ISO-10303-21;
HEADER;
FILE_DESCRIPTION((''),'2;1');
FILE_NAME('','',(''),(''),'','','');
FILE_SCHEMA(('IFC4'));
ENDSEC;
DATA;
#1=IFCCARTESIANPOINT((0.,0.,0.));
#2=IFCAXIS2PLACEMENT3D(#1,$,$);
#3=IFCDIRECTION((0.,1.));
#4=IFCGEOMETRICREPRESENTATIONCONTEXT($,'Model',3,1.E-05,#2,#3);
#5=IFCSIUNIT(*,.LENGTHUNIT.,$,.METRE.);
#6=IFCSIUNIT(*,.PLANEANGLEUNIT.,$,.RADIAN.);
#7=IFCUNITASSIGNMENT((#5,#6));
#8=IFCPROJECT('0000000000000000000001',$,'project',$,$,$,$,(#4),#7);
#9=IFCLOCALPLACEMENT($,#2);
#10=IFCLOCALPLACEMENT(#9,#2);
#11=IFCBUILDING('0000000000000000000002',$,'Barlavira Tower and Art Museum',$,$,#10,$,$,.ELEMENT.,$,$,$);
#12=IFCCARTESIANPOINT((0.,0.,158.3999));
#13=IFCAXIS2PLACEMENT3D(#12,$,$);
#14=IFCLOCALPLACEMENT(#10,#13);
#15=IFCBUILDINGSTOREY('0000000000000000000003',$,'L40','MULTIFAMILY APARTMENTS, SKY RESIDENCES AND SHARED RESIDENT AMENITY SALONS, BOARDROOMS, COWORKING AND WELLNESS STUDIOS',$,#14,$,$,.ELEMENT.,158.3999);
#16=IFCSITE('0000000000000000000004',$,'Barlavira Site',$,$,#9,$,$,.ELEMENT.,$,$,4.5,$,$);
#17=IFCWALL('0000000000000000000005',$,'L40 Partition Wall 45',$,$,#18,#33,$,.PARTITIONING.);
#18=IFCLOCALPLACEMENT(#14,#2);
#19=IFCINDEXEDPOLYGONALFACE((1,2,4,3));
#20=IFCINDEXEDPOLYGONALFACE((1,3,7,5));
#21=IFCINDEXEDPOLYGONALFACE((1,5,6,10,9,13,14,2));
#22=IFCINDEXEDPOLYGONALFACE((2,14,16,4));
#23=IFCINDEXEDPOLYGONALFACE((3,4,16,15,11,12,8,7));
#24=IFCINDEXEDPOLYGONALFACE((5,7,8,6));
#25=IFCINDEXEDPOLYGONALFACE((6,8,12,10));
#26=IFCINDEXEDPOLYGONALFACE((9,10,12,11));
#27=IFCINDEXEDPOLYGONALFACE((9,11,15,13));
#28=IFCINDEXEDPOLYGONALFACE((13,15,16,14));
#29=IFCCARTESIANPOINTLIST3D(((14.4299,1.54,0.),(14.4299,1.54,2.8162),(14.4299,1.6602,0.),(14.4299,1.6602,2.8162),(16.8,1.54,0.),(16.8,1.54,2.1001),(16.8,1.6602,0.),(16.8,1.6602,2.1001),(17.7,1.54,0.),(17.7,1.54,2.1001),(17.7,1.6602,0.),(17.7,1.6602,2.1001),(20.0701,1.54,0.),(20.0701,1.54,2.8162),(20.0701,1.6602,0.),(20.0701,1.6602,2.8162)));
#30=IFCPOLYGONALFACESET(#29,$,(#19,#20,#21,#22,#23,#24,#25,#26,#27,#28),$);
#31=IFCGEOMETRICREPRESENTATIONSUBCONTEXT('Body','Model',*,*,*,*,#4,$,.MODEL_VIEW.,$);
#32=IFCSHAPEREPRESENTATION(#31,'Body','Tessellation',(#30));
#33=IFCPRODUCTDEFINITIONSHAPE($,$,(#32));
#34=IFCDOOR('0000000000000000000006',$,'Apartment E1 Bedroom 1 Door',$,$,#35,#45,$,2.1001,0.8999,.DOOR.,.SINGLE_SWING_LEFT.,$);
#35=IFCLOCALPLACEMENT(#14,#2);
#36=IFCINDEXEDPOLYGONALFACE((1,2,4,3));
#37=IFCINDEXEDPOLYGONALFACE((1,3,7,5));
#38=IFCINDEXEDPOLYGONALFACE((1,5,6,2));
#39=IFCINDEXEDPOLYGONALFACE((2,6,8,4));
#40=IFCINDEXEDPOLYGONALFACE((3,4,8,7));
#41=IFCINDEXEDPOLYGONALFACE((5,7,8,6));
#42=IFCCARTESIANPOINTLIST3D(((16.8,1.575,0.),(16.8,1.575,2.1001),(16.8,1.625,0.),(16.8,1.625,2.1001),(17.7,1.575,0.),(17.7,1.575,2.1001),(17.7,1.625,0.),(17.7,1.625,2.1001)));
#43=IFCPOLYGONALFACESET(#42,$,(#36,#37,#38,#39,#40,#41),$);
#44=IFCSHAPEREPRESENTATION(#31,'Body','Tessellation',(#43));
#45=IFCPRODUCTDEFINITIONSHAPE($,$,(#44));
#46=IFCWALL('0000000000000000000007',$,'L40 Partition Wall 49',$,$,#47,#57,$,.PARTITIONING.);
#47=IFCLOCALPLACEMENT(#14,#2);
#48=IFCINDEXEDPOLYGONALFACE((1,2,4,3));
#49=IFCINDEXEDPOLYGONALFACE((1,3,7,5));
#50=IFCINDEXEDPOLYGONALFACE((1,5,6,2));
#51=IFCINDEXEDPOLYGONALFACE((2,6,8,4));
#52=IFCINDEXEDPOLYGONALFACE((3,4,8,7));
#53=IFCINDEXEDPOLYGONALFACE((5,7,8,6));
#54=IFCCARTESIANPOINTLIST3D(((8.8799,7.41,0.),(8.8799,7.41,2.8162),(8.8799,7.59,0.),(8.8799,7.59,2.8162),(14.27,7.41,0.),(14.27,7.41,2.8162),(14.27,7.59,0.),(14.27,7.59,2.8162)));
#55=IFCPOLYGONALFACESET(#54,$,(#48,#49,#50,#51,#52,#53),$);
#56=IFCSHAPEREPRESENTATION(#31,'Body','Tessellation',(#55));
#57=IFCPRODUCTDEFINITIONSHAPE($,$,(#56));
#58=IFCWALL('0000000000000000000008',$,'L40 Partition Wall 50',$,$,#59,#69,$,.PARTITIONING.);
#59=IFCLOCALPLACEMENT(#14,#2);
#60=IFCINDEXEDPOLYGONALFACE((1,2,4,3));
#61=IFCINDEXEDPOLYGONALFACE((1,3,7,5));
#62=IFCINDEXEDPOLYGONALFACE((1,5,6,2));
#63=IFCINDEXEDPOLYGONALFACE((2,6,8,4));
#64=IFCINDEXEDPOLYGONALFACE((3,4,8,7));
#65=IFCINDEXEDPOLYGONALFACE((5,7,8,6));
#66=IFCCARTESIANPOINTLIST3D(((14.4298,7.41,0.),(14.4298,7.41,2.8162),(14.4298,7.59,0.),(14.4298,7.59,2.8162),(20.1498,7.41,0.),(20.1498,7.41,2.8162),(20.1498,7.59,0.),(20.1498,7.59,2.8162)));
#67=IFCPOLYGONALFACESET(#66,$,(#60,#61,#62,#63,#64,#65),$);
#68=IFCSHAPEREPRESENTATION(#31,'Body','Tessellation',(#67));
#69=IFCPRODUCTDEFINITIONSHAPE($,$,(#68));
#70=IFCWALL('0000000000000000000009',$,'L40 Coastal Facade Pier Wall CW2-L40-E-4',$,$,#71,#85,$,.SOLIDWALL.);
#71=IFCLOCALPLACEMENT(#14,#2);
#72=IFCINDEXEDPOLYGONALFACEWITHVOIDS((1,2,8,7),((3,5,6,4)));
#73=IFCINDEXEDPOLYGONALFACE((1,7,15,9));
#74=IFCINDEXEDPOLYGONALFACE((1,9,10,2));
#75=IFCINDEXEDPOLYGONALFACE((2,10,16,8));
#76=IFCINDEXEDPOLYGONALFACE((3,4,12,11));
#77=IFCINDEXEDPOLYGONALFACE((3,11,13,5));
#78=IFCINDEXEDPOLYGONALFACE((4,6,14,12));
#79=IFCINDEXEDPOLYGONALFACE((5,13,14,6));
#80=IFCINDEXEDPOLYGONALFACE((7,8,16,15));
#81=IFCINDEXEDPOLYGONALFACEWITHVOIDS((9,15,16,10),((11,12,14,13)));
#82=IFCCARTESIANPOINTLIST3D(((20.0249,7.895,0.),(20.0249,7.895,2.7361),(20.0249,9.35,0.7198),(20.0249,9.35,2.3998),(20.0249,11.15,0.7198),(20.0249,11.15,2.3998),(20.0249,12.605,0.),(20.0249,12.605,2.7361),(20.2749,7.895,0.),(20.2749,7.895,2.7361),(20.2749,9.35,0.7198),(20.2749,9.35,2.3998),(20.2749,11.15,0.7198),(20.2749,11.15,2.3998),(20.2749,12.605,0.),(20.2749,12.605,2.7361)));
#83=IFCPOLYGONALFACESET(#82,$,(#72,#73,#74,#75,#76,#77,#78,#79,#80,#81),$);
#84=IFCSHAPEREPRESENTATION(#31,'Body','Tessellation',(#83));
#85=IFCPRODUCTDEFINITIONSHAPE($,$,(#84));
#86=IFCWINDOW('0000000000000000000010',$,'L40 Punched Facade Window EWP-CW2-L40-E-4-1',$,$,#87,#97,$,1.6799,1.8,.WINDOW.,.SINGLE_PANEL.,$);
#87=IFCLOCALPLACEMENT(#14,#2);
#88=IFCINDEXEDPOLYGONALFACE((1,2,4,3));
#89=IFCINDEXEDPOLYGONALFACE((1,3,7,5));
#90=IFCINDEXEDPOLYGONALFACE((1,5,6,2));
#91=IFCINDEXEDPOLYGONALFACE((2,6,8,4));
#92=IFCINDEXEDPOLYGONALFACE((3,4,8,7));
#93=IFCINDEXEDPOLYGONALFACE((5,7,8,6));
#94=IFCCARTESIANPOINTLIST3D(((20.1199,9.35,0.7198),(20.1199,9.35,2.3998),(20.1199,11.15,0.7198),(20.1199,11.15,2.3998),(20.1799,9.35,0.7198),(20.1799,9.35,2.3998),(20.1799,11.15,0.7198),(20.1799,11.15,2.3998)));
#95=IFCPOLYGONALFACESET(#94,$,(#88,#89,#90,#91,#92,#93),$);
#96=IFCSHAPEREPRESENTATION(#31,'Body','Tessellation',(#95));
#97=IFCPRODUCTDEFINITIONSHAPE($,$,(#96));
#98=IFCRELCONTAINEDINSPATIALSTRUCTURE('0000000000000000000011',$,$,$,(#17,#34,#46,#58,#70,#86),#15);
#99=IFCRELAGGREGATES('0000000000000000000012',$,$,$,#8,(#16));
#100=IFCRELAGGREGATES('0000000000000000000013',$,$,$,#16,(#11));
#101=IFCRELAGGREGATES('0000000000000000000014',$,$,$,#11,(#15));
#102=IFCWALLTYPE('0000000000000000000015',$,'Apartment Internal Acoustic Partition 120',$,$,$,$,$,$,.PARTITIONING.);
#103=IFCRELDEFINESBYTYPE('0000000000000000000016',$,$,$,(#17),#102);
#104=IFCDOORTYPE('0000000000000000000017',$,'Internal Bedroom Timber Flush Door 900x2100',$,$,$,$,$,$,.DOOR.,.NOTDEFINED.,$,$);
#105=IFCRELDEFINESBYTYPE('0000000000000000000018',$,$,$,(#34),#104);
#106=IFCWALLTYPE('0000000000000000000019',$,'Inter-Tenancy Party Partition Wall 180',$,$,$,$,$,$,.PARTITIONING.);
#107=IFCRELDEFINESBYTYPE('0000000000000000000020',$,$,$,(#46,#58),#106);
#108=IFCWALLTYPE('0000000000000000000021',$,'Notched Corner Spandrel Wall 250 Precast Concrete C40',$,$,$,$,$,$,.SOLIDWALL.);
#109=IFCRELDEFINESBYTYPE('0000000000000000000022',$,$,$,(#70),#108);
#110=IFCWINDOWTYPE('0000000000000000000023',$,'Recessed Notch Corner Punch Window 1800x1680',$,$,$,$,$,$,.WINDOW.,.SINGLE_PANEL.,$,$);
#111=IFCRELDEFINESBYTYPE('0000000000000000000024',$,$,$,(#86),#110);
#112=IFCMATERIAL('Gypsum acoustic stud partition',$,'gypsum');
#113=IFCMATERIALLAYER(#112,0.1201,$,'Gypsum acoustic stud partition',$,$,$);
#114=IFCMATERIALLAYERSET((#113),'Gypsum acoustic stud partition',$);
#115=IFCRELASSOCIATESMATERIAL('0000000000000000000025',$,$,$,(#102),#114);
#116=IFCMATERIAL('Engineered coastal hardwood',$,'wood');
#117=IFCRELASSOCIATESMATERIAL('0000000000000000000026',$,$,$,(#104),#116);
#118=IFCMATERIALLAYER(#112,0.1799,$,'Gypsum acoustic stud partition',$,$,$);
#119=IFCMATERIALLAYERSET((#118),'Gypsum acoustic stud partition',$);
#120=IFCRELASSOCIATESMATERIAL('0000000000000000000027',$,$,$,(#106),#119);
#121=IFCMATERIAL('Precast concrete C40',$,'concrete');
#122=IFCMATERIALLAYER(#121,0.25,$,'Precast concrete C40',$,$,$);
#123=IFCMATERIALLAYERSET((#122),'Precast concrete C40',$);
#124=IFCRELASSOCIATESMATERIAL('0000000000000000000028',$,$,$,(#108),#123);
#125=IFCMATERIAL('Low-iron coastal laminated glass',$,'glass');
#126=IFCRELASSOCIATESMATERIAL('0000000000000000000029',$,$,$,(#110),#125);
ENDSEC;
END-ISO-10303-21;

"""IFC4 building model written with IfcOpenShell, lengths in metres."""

from ifc_helpers import new_model, si_unit, direction, frame, frame_2d, origin, place, context, subcontext, project, spatial, rectangle, extrude, material, layer, layer_set, type_object, element, fill, save


model = new_model("IFC4")

# Units and contexts
model_context = context("Model", 3, precision=1e-05, world=origin(), true_north=direction((0.0, 1.0)))
body_context = subcontext(model_context, "Body", "Model", "MODEL_VIEW")
ifc_project = project(units=[si_unit("LENGTHUNIT", "METRE"), si_unit("PLANEANGLEUNIT", "RADIAN")], contexts=[model_context])

# Site, building, storey
site_placement = place(None, origin())
site = spatial("IfcSite", under=ifc_project, at=site_placement, Name="Barlavira Site", CompositionType="ELEMENT", RefElevation=4.5)
building_placement = place(site_placement, origin())
building = spatial("IfcBuilding", under=site, at=building_placement, Name="Barlavira Tower and Art Museum", CompositionType="ELEMENT")
storey_placement = place(building_placement, frame((0.0, 0.0, 158.3999)))
storey = spatial("IfcBuildingStorey", under=building, at=storey_placement, Name="L40", Description="MULTIFAMILY APARTMENTS, SKY RESIDENCES AND SHARED RESIDENT AMENITY SALONS, BOARDROOMS, COWORKING AND WELLNESS STUDIOS", CompositionType="ELEMENT", Elevation=158.3999)

# Shared definitions
ifc_material_1 = material(Name="Low-iron coastal laminated glass", Category="glass")

# Shared definitions
ifc_material_2 = material(Name="Gypsum acoustic stud partition", Category="gypsum")
ifc_layer_1 = layer(ifc_material_2, 0.1201, Name="Gypsum acoustic stud partition")
ifc_layer_set_1 = layer_set([ifc_layer_1], Name="Gypsum acoustic stud partition")
wall_type_1 = type_object("IfcWallType", Name="Apartment Internal Acoustic Partition 120", PredefinedType="PARTITIONING", material=ifc_layer_set_1)
ifc_material_3 = material(Name="Engineered coastal hardwood", Category="wood")
door_type_1 = type_object("IfcDoorType", Name="Internal Bedroom Timber Flush Door 900x2100", OperationType="NOTDEFINED", PredefinedType="DOOR", material=ifc_material_3)

# Wall, opening, door
wall_1_placement = place(storey_placement, frame((14.4299, 1.6001, 0.0), z_axis=(0.0, 0.0, 1.0), x_axis=(1.0, 0.0, 0.0)))
wall_1 = element("IfcWall", 1, at=wall_1_placement, inside=storey, type_object=wall_type_1, Name="L40 Partition Wall 45", PredefinedType="PARTITIONING", context=body_context, shape_type="SweptSolid", body=[
    extrude(rectangle(XDim=5.6401, YDim=0.1201, at=frame_2d((2.8201, 0.0))), origin(), (0.0, 0.0, 1.0), 2.8162),
])
opening_1_placement = place(wall_1_placement, frame((2.3701, 0.0, 0.0)))
opening_1 = element("IfcOpeningElement", 2, at=opening_1_placement, cuts=wall_1, PredefinedType="OPENING", context=body_context, shape_type="SweptSolid", body=[
    extrude(rectangle(XDim=0.8999, YDim=2.1001, at=frame_2d((0.45, 1.05))), frame((0.0, 0.0701, 0.0), z_axis=(0.0, -1.0, 0.0), x_axis=(1.0, 0.0, 0.0)), (0.0, 0.0, 1.0), 0.1401),
])
door_1_placement = place(opening_1_placement, origin())
door_1 = element("IfcDoor", 3, at=door_1_placement, inside=storey, type_object=door_type_1, Name="Apartment E1 Bedroom 1 Door", OperationType="SINGLE_SWING_LEFT", OverallHeight=2.1001, OverallWidth=0.8999, PredefinedType="DOOR", context=body_context, shape_type="SweptSolid", body=[
    extrude(rectangle(XDim=0.8999, YDim=2.1001, at=frame_2d((0.45, 1.05))), frame((0.0, 0.0249, 0.0), z_axis=(0.0, -1.0, 0.0), x_axis=(1.0, 0.0, 0.0)), (0.0, 0.0, 1.0), 0.05),
])
fill(opening_1, door_1)

# Walls
ifc_layer_2 = layer(ifc_material_2, 0.1799, Name="Gypsum acoustic stud partition")
ifc_layer_set_2 = layer_set([ifc_layer_2], Name="Gypsum acoustic stud partition")
wall_type_2 = type_object("IfcWallType", Name="Inter-Tenancy Party Partition Wall 180", PredefinedType="PARTITIONING", material=ifc_layer_set_2)
wall_2_placement = place(storey_placement, frame((8.8799, 7.5, 0.0), z_axis=(0.0, 0.0, 1.0), x_axis=(1.0, 0.0, 0.0)))
element("IfcWall", 4, at=wall_2_placement, inside=storey, type_object=wall_type_2, Name="L40 Partition Wall 49", PredefinedType="PARTITIONING", context=body_context, shape_type="SweptSolid", body=[
    extrude(rectangle(XDim=5.3901, YDim=0.1799, at=frame_2d((2.6951, 0.0))), origin(), (0.0, 0.0, 1.0), 2.8162),
])
wall_3_placement = place(storey_placement, frame((14.4299, 7.5, 0.0), z_axis=(0.0, 0.0, 1.0), x_axis=(1.0, 0.0, 0.0)))
element("IfcWall", 5, at=wall_3_placement, inside=storey, type_object=wall_type_2, Name="L40 Partition Wall 50", PredefinedType="PARTITIONING", context=body_context, shape_type="SweptSolid", body=[
    extrude(rectangle(XDim=5.72, YDim=0.1799, at=frame_2d((2.8599, 0.0))), origin(), (0.0, 0.0, 1.0), 2.8162),
])

# Wall, opening, window
ifc_material_4 = material(Name="Precast concrete C40", Category="concrete")
ifc_layer_3 = layer(ifc_material_4, 0.25, Name="Precast concrete C40")
ifc_layer_set_3 = layer_set([ifc_layer_3], Name="Precast concrete C40")
wall_type_3 = type_object("IfcWallType", Name="Notched Corner Spandrel Wall 250 Precast Concrete C40", PredefinedType="SOLIDWALL", material=ifc_layer_set_3)
wall_4_placement = place(storey_placement, frame((20.1499, 7.895, 0.0), z_axis=(0.0, 0.0, 1.0), x_axis=(0.0, 1.0, 0.0)))
wall_4 = element("IfcWall", 6, at=wall_4_placement, inside=storey, type_object=wall_type_3, Name="L40 Coastal Facade Pier Wall CW2-L40-E-4", PredefinedType="SOLIDWALL", context=body_context, shape_type="SweptSolid", body=[
    extrude(rectangle(XDim=4.71, YDim=0.25, at=frame_2d((2.355, 0.0))), origin(), (0.0, 0.0, 1.0), 2.7361),
])
opening_2_placement = place(wall_4_placement, frame((1.4551, 0.0, 0.72)))
opening_2 = element("IfcOpeningElement", 7, at=opening_2_placement, cuts=wall_4, PredefinedType="OPENING", context=body_context, shape_type="SweptSolid", body=[
    extrude(rectangle(XDim=1.8, YDim=1.6799, at=frame_2d((0.8999, 0.8398))), frame((0.0, 0.135, 0.0), z_axis=(0.0, -1.0, 0.0), x_axis=(1.0, 0.0, 0.0)), (0.0, 0.0, 1.0), 0.27),
])
window_type = type_object("IfcWindowType", Name="Recessed Notch Corner Punch Window 1800x1680", PartitioningType="SINGLE_PANEL", PredefinedType="WINDOW", material=ifc_material_1)
window_placement = place(opening_2_placement, origin())
window = element("IfcWindow", 8, at=window_placement, inside=storey, type_object=window_type, Name="L40 Punched Facade Window EWP-CW2-L40-E-4-1", OverallHeight=1.6799, OverallWidth=1.8, PartitioningType="SINGLE_PANEL", PredefinedType="WINDOW", context=body_context, shape_type="SweptSolid", body=[
    extrude(rectangle(XDim=1.8, YDim=1.6799, at=frame_2d((0.8999, 0.8398))), frame((0.0, 0.03, 0.0), z_axis=(0.0, -1.0, 0.0), x_axis=(1.0, 0.0, 0.0)), (0.0, 0.0, 1.0), 0.0601),
])
fill(opening_2, window)

save(model, "model.ifc")
